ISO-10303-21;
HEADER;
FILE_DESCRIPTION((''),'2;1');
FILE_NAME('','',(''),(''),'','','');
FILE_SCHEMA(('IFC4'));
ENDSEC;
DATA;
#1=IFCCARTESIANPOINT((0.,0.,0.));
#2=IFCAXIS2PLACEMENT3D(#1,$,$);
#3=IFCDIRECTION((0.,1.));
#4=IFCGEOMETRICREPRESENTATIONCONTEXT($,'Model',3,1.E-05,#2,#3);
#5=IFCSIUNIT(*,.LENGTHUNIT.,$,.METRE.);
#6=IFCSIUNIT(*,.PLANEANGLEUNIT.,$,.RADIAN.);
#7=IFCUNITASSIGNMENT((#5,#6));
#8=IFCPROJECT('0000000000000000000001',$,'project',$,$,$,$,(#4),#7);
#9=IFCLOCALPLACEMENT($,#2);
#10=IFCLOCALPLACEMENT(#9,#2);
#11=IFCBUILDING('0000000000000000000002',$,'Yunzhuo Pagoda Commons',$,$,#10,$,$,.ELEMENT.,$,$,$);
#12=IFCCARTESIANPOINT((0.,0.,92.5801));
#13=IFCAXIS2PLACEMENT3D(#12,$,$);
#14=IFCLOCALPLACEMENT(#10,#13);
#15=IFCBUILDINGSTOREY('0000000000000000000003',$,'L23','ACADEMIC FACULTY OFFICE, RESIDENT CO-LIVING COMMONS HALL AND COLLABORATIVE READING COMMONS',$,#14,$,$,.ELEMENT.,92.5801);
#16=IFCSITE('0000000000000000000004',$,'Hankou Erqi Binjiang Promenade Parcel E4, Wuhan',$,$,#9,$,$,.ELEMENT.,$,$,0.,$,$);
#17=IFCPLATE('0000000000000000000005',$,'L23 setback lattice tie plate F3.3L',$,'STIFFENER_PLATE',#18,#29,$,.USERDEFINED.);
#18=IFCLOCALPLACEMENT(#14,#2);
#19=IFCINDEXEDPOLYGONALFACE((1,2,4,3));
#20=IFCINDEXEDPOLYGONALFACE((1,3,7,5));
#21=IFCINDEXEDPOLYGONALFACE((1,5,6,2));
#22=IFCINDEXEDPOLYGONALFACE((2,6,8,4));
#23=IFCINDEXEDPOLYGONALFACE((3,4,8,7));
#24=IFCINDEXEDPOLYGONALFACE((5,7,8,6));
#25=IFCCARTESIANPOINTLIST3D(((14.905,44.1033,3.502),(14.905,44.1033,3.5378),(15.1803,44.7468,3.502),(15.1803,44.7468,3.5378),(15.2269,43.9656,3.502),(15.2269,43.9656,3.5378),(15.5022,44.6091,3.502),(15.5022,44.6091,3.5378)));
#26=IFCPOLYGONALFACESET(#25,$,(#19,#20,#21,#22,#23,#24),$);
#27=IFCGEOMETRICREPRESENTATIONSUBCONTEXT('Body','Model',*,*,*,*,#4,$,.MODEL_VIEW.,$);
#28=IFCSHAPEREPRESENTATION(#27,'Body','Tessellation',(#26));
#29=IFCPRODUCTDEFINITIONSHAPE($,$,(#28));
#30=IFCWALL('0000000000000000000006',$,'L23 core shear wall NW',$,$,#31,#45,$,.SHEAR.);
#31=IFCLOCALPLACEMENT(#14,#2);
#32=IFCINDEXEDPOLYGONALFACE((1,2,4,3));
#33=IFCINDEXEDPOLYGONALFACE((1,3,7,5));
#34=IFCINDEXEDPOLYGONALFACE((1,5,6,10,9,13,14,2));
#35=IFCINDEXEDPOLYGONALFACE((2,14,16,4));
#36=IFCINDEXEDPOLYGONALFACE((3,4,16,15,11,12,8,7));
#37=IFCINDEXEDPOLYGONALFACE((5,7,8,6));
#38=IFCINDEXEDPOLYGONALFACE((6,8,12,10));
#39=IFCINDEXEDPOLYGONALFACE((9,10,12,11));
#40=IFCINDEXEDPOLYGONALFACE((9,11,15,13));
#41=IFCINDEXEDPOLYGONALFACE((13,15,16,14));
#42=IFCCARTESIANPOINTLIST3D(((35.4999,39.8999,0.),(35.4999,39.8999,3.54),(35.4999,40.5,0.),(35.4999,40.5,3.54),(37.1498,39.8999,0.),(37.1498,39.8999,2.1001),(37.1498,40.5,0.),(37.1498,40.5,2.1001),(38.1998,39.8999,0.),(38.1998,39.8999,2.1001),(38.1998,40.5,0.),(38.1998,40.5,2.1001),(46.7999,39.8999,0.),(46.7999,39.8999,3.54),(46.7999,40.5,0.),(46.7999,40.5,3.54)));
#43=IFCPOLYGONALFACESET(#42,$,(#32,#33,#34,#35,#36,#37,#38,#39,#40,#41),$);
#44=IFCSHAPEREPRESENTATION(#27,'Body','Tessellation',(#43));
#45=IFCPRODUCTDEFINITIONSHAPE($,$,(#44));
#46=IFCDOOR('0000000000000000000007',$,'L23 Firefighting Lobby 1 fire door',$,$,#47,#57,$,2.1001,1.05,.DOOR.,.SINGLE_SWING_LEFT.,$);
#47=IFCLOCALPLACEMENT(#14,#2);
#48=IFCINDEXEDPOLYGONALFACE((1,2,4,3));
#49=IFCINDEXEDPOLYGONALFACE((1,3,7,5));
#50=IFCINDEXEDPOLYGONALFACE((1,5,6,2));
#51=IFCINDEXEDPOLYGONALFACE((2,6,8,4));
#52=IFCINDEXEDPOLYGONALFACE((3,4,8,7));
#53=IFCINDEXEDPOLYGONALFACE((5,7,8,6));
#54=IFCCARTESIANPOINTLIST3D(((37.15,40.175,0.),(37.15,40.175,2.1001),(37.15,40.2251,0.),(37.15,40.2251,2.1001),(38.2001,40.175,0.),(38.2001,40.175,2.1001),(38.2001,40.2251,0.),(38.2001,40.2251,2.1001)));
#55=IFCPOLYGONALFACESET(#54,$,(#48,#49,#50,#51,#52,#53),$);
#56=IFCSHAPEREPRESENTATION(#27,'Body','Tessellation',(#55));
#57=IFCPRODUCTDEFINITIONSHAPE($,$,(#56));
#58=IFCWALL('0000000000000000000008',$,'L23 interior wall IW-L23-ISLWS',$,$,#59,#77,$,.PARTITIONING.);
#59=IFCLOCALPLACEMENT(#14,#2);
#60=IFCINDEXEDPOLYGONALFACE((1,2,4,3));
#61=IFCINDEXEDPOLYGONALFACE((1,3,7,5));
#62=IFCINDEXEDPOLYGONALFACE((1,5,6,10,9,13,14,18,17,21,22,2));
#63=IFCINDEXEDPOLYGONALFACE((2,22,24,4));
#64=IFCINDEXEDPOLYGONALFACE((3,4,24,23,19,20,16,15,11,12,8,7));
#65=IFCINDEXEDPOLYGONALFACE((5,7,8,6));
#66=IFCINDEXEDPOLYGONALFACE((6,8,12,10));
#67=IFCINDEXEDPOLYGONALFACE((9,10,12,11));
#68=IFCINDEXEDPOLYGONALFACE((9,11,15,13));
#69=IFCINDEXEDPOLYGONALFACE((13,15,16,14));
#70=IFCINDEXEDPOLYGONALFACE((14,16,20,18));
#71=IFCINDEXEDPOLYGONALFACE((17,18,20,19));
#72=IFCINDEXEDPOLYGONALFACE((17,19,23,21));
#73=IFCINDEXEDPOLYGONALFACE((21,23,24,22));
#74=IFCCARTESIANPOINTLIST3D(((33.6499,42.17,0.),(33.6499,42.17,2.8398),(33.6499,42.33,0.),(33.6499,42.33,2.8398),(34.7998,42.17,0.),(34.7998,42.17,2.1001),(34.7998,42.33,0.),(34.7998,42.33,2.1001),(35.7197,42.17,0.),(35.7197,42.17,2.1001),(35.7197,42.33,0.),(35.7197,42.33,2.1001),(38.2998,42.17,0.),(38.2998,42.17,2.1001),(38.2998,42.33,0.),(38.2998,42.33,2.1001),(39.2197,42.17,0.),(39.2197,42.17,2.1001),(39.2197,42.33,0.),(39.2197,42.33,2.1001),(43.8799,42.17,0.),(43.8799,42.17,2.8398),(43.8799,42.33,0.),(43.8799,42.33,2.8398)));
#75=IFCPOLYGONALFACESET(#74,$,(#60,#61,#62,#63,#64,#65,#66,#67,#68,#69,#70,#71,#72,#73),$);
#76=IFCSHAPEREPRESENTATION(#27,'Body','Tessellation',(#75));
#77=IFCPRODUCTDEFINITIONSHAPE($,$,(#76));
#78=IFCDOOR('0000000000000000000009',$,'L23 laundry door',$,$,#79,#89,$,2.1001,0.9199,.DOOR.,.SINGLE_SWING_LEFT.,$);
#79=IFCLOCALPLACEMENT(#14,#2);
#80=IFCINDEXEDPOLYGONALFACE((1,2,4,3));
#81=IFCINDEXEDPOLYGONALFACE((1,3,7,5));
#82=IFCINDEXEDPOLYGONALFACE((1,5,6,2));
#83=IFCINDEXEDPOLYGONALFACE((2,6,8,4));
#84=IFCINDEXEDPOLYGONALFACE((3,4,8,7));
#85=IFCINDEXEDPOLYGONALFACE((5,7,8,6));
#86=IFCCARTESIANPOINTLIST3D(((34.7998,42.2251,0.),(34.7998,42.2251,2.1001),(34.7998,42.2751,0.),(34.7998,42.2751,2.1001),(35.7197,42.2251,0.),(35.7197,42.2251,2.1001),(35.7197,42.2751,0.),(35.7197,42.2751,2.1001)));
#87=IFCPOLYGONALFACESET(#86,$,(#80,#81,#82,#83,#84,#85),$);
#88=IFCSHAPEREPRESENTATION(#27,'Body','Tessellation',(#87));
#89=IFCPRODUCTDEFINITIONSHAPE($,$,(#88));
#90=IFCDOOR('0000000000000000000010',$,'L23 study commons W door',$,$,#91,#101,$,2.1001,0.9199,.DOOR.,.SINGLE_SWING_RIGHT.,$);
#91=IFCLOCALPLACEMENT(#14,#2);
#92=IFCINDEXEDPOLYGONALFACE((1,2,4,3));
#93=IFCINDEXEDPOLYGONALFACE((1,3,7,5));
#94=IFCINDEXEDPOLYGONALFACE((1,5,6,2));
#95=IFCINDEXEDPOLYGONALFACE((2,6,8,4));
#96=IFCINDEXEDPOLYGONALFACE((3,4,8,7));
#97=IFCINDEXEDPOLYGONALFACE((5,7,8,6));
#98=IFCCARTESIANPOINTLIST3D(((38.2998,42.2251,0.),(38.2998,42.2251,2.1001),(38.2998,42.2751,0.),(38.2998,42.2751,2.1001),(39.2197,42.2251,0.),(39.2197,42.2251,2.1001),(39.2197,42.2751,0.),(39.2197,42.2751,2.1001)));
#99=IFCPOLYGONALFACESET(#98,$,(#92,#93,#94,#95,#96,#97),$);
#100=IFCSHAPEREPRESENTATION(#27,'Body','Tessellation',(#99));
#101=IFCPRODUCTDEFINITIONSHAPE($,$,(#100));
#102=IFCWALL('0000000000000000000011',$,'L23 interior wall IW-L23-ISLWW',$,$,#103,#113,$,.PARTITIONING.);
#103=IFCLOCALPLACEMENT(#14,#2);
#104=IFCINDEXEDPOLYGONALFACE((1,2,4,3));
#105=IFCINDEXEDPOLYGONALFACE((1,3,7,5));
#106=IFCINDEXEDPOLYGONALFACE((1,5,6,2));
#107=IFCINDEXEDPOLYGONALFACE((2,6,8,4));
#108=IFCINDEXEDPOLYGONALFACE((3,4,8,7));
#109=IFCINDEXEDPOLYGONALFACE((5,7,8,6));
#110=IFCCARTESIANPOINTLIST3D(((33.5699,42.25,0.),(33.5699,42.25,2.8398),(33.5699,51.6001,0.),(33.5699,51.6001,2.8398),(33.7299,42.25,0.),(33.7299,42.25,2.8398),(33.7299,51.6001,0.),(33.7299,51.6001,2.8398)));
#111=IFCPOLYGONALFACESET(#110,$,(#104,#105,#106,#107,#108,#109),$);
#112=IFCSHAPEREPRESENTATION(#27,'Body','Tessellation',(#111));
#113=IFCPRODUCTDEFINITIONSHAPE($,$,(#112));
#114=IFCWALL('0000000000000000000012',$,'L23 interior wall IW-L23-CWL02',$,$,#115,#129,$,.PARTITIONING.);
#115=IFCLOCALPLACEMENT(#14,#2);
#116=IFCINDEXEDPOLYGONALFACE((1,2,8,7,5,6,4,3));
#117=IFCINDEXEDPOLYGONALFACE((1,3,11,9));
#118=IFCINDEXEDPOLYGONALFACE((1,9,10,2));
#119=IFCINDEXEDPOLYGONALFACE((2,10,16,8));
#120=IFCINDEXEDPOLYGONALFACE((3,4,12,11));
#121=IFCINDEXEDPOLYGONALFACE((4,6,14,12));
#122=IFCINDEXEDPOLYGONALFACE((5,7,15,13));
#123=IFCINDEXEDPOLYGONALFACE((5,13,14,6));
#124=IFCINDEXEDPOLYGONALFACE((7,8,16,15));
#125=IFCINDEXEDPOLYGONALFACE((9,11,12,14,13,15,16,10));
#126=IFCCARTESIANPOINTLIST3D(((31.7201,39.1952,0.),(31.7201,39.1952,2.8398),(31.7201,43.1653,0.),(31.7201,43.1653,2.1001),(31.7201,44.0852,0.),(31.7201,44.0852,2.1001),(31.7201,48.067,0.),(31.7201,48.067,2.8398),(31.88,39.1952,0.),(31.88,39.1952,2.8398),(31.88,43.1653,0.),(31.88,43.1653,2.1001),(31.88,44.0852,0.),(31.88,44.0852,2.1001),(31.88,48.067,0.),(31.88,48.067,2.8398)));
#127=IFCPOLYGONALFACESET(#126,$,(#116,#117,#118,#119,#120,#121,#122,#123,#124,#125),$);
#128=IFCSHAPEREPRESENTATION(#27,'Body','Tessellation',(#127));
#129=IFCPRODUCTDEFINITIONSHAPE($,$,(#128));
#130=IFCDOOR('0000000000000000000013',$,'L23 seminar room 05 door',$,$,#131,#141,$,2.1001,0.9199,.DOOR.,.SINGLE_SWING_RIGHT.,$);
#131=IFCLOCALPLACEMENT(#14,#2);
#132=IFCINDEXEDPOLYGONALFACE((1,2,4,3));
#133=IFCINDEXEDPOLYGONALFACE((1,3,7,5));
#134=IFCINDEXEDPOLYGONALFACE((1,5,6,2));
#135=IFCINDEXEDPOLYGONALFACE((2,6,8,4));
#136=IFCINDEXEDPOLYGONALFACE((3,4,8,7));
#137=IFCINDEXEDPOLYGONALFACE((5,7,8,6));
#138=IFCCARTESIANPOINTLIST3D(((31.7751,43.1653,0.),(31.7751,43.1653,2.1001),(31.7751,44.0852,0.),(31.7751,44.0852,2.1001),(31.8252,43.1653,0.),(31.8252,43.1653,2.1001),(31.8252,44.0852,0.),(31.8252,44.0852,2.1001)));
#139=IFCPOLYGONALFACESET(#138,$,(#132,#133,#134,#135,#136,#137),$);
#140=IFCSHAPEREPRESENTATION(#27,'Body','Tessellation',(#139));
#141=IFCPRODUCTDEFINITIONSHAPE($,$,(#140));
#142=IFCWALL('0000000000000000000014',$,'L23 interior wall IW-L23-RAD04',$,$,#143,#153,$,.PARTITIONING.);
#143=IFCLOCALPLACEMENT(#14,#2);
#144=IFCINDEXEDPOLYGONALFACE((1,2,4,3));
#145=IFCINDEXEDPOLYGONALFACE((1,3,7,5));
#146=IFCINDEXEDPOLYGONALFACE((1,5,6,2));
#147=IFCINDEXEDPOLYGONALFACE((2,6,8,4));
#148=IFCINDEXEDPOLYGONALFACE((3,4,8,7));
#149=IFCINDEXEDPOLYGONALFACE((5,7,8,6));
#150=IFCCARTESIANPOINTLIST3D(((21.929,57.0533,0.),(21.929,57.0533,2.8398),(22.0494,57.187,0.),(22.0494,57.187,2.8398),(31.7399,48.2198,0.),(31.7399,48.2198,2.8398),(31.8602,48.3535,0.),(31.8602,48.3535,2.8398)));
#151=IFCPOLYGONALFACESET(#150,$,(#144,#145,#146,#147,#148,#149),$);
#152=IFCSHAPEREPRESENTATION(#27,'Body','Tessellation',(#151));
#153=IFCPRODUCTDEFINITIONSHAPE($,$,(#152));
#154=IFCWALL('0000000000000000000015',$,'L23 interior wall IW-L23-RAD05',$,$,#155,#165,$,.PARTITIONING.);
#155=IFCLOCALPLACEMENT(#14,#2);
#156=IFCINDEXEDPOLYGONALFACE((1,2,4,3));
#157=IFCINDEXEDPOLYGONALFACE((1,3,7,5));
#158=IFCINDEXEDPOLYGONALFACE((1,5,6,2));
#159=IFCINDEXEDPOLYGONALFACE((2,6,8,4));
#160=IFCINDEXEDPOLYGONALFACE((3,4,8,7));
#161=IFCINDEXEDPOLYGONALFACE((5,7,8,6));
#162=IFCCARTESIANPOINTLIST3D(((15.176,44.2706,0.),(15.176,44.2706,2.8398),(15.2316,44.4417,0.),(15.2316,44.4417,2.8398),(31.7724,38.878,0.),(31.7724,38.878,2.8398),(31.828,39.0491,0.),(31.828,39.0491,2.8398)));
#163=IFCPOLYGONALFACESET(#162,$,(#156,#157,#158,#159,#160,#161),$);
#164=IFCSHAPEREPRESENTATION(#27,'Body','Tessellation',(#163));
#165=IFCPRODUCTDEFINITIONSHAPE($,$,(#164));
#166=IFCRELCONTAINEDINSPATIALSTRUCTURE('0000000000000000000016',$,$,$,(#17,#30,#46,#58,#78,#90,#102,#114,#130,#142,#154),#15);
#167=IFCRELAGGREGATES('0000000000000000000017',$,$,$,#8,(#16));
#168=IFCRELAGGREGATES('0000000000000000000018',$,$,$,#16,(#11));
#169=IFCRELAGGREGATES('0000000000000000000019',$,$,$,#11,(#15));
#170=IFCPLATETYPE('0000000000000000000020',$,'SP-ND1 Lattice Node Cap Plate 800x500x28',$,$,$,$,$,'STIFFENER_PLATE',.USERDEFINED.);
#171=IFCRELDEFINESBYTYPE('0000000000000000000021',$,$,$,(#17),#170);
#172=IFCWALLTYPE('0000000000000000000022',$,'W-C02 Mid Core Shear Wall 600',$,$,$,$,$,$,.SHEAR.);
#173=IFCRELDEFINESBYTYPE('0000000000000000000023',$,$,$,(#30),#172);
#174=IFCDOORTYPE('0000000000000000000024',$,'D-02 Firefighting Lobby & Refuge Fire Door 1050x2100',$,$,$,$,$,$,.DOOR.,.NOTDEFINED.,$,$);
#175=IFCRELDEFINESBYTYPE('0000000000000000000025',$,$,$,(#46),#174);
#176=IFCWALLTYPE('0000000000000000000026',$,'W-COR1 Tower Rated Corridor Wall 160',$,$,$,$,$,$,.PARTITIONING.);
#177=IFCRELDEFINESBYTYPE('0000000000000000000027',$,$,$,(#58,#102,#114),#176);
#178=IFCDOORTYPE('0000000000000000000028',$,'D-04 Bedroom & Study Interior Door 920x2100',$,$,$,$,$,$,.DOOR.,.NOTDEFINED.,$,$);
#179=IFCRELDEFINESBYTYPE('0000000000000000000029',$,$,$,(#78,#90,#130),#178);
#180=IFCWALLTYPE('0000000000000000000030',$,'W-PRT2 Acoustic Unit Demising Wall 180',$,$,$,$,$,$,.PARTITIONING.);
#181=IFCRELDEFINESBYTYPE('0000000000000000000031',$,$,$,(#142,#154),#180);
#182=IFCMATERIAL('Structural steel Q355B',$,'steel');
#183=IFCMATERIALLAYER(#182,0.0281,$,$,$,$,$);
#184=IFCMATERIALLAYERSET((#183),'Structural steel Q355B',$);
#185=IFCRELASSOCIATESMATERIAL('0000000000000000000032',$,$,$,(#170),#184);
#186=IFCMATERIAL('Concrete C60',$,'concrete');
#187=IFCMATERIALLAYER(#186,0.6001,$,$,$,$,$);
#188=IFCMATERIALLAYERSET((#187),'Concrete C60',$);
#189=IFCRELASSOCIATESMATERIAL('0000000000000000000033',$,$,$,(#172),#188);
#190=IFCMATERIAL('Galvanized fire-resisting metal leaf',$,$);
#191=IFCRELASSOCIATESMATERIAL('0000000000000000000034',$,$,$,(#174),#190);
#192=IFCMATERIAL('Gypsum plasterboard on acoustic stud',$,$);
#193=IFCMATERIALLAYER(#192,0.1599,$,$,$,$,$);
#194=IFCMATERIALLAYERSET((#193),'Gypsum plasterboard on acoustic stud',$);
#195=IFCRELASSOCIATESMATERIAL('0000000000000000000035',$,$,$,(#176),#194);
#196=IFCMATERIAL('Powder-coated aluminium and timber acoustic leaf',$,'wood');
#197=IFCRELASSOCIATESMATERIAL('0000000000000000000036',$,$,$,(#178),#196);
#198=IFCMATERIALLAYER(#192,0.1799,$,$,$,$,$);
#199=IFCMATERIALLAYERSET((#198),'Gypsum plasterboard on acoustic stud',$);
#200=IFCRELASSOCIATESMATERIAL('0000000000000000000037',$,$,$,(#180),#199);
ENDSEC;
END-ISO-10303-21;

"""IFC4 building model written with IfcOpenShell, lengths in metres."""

from ifc_helpers import new_model, si_unit, direction, frame, frame_2d, origin, origin_with_axes, origin_2d, place, context, subcontext, project, spatial, rectangle, extrude, source, transform, mapped, material, layer, layer_set, type_object, element, fill, save


model = new_model("IFC4")

# Units and contexts
model_context = context("Model", 3, precision=1e-05, world=origin(), true_north=direction((0.0, 1.0)))
body_context = subcontext(model_context, "Body", "Model", "MODEL_VIEW")
ifc_project = project(units=[si_unit("LENGTHUNIT", "METRE"), si_unit("PLANEANGLEUNIT", "RADIAN")], contexts=[model_context])

# Site, building, storey
site_placement = place(None, origin())
site = spatial("IfcSite", under=ifc_project, at=site_placement, Name="Hankou Erqi Binjiang Promenade Parcel E4, Wuhan", CompositionType="ELEMENT", RefElevation=0.0)
building_placement = place(site_placement, origin())
building = spatial("IfcBuilding", under=site, at=building_placement, Name="Yunzhuo Pagoda Commons", CompositionType="ELEMENT")
storey_placement = place(building_placement, frame((0.0, 0.0, 92.5801)))
storey = spatial("IfcBuildingStorey", under=building, at=storey_placement, Name="L23", Description="ACADEMIC FACULTY OFFICE, RESIDENT CO-LIVING COMMONS HALL AND COLLABORATIVE READING COMMONS", CompositionType="ELEMENT", Elevation=92.5801)

# Shared definitions
ifc_material_1 = material(Name="Structural steel Q355B", Category="steel")

# Plate
ifc_layer_1 = layer(ifc_material_1, 0.0281)
ifc_layer_set_1 = layer_set([ifc_layer_1], Name="Structural steel Q355B")
plate_type_1 = type_object("IfcPlateType", Name="SP-ND1 Lattice Node Cap Plate 800x500x28", ElementType="STIFFENER_PLATE", PredefinedType="USERDEFINED", material=ifc_layer_set_1)
shared_shape_1 = source(origin(), body_context, "Body", "SweptSolid", [
    extrude(rectangle(XDim=0.7, YDim=0.3501, at=origin_2d()), origin(), (0.0, 0.0, 1.0), 0.0359),
])
plate_1_placement = place(storey_placement, frame((15.2036, 44.3562, 3.502), z_axis=(0.0, 0.0, 1.0), x_axis=(-0.393364, -0.919383, 0.0)))
element("IfcPlate", 1, at=plate_1_placement, inside=storey, type_object=plate_type_1, Name="L23 setback lattice tie plate F3.3L", ObjectType="STIFFENER_PLATE", PredefinedType="USERDEFINED", context=body_context, shape_type="MappedRepresentation", body=[
    mapped(shared_shape_1, transform((0.0, 0.0, 0.0), scale=1.0)),
])

# Wall, opening, door
ifc_material_2 = material(Name="Concrete C60", Category="concrete")
ifc_layer_2 = layer(ifc_material_2, 0.6001)
ifc_layer_set_2 = layer_set([ifc_layer_2], Name="Concrete C60")
wall_type_1 = type_object("IfcWallType", Name="W-C02 Mid Core Shear Wall 600", PredefinedType="SHEAR", material=ifc_layer_set_2)
wall_1_placement = place(storey_placement, frame((35.5, 40.2, 0.0), z_axis=(0.0, 0.0, 1.0), x_axis=(1.0, 0.0, 0.0)))
wall_1 = element("IfcWall", 2, at=wall_1_placement, inside=storey, type_object=wall_type_1, Name="L23 core shear wall NW", PredefinedType="SHEAR", context=body_context, shape_type="SweptSolid", body=[
    extrude(rectangle(XDim=11.3, YDim=0.6001, at=frame_2d((5.6499, 0.0))), origin(), (0.0, 0.0, 1.0), 3.54),
])
opening_1_placement = place(wall_1_placement, frame((1.6499, 0.0, 0.0)))
opening_1 = element("IfcOpeningElement", 3, at=opening_1_placement, cuts=wall_1, PredefinedType="OPENING", context=body_context, shape_type="SweptSolid", body=[
    extrude(rectangle(XDim=1.05, YDim=2.1001, at=frame_2d((0.5249, 1.05))), frame((0.0, 0.3101, 0.0), z_axis=(0.0, -1.0, 0.0), x_axis=(1.0, 0.0, 0.0)), (0.0, 0.0, 1.0), 0.6201),
])
ifc_material_3 = material(Name="Galvanized fire-resisting metal leaf")
door_type_1 = type_object("IfcDoorType", Name="D-02 Firefighting Lobby & Refuge Fire Door 1050x2100", OperationType="NOTDEFINED", PredefinedType="DOOR", material=ifc_material_3)
shared_shape_2 = source(origin(), body_context, "Body", "SweptSolid", [
    extrude(rectangle(XDim=1.05, YDim=2.1001, at=frame_2d((0.5249, 1.05))), frame((0.0, 0.0249, 0.0), z_axis=(0.0, -1.0, 0.0), x_axis=(1.0, 0.0, 0.0)), (0.0, 0.0, 1.0), 0.05),
])
door_1_placement = place(opening_1_placement, frame((1.05, 0.0, 0.0), z_axis=(0.0, 0.0, 1.0), x_axis=(-1.0, 0.0, 0.0)))
door_1 = element("IfcDoor", 4, at=door_1_placement, inside=storey, type_object=door_type_1, Name="L23 Firefighting Lobby 1 fire door", OperationType="SINGLE_SWING_LEFT", OverallHeight=2.1001, OverallWidth=1.05, PredefinedType="DOOR", context=body_context, shape_type="MappedRepresentation", body=[
    mapped(shared_shape_2, transform((0.0, 0.0, 0.0), scale=1.0)),
])
fill(opening_1, door_1)

# Wall, openings, doors
ifc_material_4 = material(Name="Gypsum plasterboard on acoustic stud")
ifc_layer_3 = layer(ifc_material_4, 0.1599)
ifc_layer_set_3 = layer_set([ifc_layer_3], Name="Gypsum plasterboard on acoustic stud")
wall_type_2 = type_object("IfcWallType", Name="W-COR1 Tower Rated Corridor Wall 160", PredefinedType="PARTITIONING", material=ifc_layer_set_3)
wall_2_placement = place(storey_placement, frame((33.6499, 42.25, 0.0), z_axis=(0.0, 0.0, 1.0), x_axis=(1.0, 0.0, 0.0)))
wall_2 = element("IfcWall", 5, at=wall_2_placement, inside=storey, type_object=wall_type_2, Name="L23 interior wall IW-L23-ISLWS", PredefinedType="PARTITIONING", context=body_context, shape_type="SweptSolid", body=[
    extrude(rectangle(XDim=10.23, YDim=0.1599, at=frame_2d((5.115, 0.0))), origin(), (0.0, 0.0, 1.0), 2.8398),
])
opening_2_placement = place(wall_2_placement, frame((1.1499, 0.0, 0.0)))
opening_2 = element("IfcOpeningElement", 6, at=opening_2_placement, cuts=wall_2, PredefinedType="OPENING", context=body_context, shape_type="SweptSolid", body=[
    extrude(rectangle(XDim=0.9199, YDim=2.1001, at=frame_2d((0.46, 1.05))), frame((0.0, 0.0898, 0.0), z_axis=(0.0, -1.0, 0.0), x_axis=(1.0, 0.0, 0.0)), (0.0, 0.0, 1.0), 0.1799),
])
opening_3_placement = place(wall_2_placement, frame((4.6499, 0.0, 0.0)))
opening_3 = element("IfcOpeningElement", 7, at=opening_3_placement, cuts=wall_2, PredefinedType="OPENING", context=body_context, shape_type="SweptSolid", body=[
    extrude(rectangle(XDim=0.9199, YDim=2.1001, at=frame_2d((0.46, 1.05))), frame((0.0, 0.0898, 0.0), z_axis=(0.0, -1.0, 0.0), x_axis=(1.0, 0.0, 0.0)), (0.0, 0.0, 1.0), 0.1799),
])
ifc_material_5 = material(Name="Powder-coated aluminium and timber acoustic leaf", Category="wood")
door_type_2 = type_object("IfcDoorType", Name="D-04 Bedroom & Study Interior Door 920x2100", OperationType="NOTDEFINED", PredefinedType="DOOR", material=ifc_material_5)
shared_shape_3 = source(origin(), body_context, "Body", "SweptSolid", [
    extrude(rectangle(XDim=0.9199, YDim=2.1001, at=frame_2d((0.46, 1.05))), frame((0.0, 0.0249, 0.0), z_axis=(0.0, -1.0, 0.0), x_axis=(1.0, 0.0, 0.0)), (0.0, 0.0, 1.0), 0.05),
])
door_2_placement = place(opening_2_placement, frame((0.9199, 0.0, 0.0), z_axis=(0.0, 0.0, 1.0), x_axis=(-1.0, 0.0, 0.0)))
door_2 = element("IfcDoor", 8, at=door_2_placement, inside=storey, type_object=door_type_2, Name="L23 laundry door", OperationType="SINGLE_SWING_LEFT", OverallHeight=2.1001, OverallWidth=0.9199, PredefinedType="DOOR", context=body_context, shape_type="MappedRepresentation", body=[
    mapped(shared_shape_3, transform((0.0, 0.0, 0.0), scale=1.0)),
])
fill(opening_2, door_2)
door_3_placement = place(opening_3_placement, frame((0.9199, 0.0, 0.0), z_axis=(0.0, 0.0, 1.0), x_axis=(-1.0, 0.0, 0.0)))
door_3 = element("IfcDoor", 9, at=door_3_placement, inside=storey, type_object=door_type_2, Name="L23 study commons W door", OperationType="SINGLE_SWING_RIGHT", OverallHeight=2.1001, OverallWidth=0.9199, PredefinedType="DOOR", context=body_context, shape_type="MappedRepresentation", body=[
    mapped(shared_shape_3, transform((0.0, 0.0, 0.0), scale=1.0)),
])
fill(opening_3, door_3)

# Wall
wall_3_placement = place(storey_placement, frame((33.6499, 42.25, 0.0), z_axis=(0.0, 0.0, 1.0), x_axis=(0.0, 1.0, 0.0)))
element("IfcWall", 10, at=wall_3_placement, inside=storey, type_object=wall_type_2, Name="L23 interior wall IW-L23-ISLWW", PredefinedType="PARTITIONING", context=body_context, shape_type="SweptSolid", body=[
    extrude(rectangle(XDim=9.3501, YDim=0.1599, at=frame_2d((4.675, 0.0))), origin(), (0.0, 0.0, 1.0), 2.8398),
])

# Wall, opening, door
wall_4_placement = place(storey_placement, frame((31.8, 39.1951, 0.0), z_axis=(0.0, 0.0, 1.0), x_axis=(0.0, 1.0, 0.0)))
wall_4 = element("IfcWall", 11, at=wall_4_placement, inside=storey, type_object=wall_type_2, Name="L23 interior wall IW-L23-CWL02", PredefinedType="PARTITIONING", context=body_context, shape_type="SweptSolid", body=[
    extrude(rectangle(XDim=8.8718, YDim=0.1599, at=frame_2d((4.436, 0.0))), origin(), (0.0, 0.0, 1.0), 2.8398),
])
opening_4_placement = place(wall_4_placement, frame((3.9702, 0.0, 0.0)))
opening_4 = element("IfcOpeningElement", 12, at=opening_4_placement, cuts=wall_4, PredefinedType="OPENING", context=body_context, shape_type="SweptSolid", body=[
    extrude(rectangle(XDim=0.9199, YDim=2.1001, at=frame_2d((0.46, 1.05))), frame((0.0, 0.0898, 0.0), z_axis=(0.0, -1.0, 0.0), x_axis=(1.0, 0.0, 0.0)), (0.0, 0.0, 1.0), 0.1799),
])
door_4_placement = place(opening_4_placement, origin_with_axes())
door_4 = element("IfcDoor", 13, at=door_4_placement, inside=storey, type_object=door_type_2, Name="L23 seminar room 05 door", OperationType="SINGLE_SWING_RIGHT", OverallHeight=2.1001, OverallWidth=0.9199, PredefinedType="DOOR", context=body_context, shape_type="MappedRepresentation", body=[
    mapped(shared_shape_3, transform((0.0, 0.0, 0.0), scale=1.0)),
])
fill(opening_4, door_4)

# Walls
ifc_layer_4 = layer(ifc_material_4, 0.1799)
ifc_layer_set_4 = layer_set([ifc_layer_4], Name="Gypsum plasterboard on acoustic stud")
wall_type_3 = type_object("IfcWallType", Name="W-PRT2 Acoustic Unit Demising Wall 180", PredefinedType="PARTITIONING", material=ifc_layer_set_4)
wall_5_placement = place(storey_placement, frame((31.8, 48.2866, 0.0), z_axis=(0.0, 0.0, 1.0), x_axis=(-0.743152, 0.669123, 0.0)))
element("IfcWall", 14, at=wall_5_placement, inside=storey, type_object=wall_type_3, Name="L23 interior wall IW-L23-RAD04", PredefinedType="PARTITIONING", context=body_context, shape_type="SweptSolid", body=[
    extrude(rectangle(XDim=13.2017, YDim=0.1799, at=frame_2d((6.6008, 0.0))), origin(), (0.0, 0.0, 1.0), 2.8398),
])
wall_6_placement = place(storey_placement, frame((31.8, 38.9636, 0.0), z_axis=(0.0, 0.0, 1.0), x_axis=(-0.951055, 0.309021, 0.0)))
element("IfcWall", 15, at=wall_6_placement, inside=storey, type_object=wall_type_3, Name="L23 interior wall IW-L23-RAD05", PredefinedType="PARTITIONING", context=body_context, shape_type="SweptSolid", body=[
    extrude(rectangle(XDim=17.4504, YDim=0.1799, at=frame_2d((8.7251, 0.0))), origin(), (0.0, 0.0, 1.0), 2.8398),
])

save(model, "model.ifc")
